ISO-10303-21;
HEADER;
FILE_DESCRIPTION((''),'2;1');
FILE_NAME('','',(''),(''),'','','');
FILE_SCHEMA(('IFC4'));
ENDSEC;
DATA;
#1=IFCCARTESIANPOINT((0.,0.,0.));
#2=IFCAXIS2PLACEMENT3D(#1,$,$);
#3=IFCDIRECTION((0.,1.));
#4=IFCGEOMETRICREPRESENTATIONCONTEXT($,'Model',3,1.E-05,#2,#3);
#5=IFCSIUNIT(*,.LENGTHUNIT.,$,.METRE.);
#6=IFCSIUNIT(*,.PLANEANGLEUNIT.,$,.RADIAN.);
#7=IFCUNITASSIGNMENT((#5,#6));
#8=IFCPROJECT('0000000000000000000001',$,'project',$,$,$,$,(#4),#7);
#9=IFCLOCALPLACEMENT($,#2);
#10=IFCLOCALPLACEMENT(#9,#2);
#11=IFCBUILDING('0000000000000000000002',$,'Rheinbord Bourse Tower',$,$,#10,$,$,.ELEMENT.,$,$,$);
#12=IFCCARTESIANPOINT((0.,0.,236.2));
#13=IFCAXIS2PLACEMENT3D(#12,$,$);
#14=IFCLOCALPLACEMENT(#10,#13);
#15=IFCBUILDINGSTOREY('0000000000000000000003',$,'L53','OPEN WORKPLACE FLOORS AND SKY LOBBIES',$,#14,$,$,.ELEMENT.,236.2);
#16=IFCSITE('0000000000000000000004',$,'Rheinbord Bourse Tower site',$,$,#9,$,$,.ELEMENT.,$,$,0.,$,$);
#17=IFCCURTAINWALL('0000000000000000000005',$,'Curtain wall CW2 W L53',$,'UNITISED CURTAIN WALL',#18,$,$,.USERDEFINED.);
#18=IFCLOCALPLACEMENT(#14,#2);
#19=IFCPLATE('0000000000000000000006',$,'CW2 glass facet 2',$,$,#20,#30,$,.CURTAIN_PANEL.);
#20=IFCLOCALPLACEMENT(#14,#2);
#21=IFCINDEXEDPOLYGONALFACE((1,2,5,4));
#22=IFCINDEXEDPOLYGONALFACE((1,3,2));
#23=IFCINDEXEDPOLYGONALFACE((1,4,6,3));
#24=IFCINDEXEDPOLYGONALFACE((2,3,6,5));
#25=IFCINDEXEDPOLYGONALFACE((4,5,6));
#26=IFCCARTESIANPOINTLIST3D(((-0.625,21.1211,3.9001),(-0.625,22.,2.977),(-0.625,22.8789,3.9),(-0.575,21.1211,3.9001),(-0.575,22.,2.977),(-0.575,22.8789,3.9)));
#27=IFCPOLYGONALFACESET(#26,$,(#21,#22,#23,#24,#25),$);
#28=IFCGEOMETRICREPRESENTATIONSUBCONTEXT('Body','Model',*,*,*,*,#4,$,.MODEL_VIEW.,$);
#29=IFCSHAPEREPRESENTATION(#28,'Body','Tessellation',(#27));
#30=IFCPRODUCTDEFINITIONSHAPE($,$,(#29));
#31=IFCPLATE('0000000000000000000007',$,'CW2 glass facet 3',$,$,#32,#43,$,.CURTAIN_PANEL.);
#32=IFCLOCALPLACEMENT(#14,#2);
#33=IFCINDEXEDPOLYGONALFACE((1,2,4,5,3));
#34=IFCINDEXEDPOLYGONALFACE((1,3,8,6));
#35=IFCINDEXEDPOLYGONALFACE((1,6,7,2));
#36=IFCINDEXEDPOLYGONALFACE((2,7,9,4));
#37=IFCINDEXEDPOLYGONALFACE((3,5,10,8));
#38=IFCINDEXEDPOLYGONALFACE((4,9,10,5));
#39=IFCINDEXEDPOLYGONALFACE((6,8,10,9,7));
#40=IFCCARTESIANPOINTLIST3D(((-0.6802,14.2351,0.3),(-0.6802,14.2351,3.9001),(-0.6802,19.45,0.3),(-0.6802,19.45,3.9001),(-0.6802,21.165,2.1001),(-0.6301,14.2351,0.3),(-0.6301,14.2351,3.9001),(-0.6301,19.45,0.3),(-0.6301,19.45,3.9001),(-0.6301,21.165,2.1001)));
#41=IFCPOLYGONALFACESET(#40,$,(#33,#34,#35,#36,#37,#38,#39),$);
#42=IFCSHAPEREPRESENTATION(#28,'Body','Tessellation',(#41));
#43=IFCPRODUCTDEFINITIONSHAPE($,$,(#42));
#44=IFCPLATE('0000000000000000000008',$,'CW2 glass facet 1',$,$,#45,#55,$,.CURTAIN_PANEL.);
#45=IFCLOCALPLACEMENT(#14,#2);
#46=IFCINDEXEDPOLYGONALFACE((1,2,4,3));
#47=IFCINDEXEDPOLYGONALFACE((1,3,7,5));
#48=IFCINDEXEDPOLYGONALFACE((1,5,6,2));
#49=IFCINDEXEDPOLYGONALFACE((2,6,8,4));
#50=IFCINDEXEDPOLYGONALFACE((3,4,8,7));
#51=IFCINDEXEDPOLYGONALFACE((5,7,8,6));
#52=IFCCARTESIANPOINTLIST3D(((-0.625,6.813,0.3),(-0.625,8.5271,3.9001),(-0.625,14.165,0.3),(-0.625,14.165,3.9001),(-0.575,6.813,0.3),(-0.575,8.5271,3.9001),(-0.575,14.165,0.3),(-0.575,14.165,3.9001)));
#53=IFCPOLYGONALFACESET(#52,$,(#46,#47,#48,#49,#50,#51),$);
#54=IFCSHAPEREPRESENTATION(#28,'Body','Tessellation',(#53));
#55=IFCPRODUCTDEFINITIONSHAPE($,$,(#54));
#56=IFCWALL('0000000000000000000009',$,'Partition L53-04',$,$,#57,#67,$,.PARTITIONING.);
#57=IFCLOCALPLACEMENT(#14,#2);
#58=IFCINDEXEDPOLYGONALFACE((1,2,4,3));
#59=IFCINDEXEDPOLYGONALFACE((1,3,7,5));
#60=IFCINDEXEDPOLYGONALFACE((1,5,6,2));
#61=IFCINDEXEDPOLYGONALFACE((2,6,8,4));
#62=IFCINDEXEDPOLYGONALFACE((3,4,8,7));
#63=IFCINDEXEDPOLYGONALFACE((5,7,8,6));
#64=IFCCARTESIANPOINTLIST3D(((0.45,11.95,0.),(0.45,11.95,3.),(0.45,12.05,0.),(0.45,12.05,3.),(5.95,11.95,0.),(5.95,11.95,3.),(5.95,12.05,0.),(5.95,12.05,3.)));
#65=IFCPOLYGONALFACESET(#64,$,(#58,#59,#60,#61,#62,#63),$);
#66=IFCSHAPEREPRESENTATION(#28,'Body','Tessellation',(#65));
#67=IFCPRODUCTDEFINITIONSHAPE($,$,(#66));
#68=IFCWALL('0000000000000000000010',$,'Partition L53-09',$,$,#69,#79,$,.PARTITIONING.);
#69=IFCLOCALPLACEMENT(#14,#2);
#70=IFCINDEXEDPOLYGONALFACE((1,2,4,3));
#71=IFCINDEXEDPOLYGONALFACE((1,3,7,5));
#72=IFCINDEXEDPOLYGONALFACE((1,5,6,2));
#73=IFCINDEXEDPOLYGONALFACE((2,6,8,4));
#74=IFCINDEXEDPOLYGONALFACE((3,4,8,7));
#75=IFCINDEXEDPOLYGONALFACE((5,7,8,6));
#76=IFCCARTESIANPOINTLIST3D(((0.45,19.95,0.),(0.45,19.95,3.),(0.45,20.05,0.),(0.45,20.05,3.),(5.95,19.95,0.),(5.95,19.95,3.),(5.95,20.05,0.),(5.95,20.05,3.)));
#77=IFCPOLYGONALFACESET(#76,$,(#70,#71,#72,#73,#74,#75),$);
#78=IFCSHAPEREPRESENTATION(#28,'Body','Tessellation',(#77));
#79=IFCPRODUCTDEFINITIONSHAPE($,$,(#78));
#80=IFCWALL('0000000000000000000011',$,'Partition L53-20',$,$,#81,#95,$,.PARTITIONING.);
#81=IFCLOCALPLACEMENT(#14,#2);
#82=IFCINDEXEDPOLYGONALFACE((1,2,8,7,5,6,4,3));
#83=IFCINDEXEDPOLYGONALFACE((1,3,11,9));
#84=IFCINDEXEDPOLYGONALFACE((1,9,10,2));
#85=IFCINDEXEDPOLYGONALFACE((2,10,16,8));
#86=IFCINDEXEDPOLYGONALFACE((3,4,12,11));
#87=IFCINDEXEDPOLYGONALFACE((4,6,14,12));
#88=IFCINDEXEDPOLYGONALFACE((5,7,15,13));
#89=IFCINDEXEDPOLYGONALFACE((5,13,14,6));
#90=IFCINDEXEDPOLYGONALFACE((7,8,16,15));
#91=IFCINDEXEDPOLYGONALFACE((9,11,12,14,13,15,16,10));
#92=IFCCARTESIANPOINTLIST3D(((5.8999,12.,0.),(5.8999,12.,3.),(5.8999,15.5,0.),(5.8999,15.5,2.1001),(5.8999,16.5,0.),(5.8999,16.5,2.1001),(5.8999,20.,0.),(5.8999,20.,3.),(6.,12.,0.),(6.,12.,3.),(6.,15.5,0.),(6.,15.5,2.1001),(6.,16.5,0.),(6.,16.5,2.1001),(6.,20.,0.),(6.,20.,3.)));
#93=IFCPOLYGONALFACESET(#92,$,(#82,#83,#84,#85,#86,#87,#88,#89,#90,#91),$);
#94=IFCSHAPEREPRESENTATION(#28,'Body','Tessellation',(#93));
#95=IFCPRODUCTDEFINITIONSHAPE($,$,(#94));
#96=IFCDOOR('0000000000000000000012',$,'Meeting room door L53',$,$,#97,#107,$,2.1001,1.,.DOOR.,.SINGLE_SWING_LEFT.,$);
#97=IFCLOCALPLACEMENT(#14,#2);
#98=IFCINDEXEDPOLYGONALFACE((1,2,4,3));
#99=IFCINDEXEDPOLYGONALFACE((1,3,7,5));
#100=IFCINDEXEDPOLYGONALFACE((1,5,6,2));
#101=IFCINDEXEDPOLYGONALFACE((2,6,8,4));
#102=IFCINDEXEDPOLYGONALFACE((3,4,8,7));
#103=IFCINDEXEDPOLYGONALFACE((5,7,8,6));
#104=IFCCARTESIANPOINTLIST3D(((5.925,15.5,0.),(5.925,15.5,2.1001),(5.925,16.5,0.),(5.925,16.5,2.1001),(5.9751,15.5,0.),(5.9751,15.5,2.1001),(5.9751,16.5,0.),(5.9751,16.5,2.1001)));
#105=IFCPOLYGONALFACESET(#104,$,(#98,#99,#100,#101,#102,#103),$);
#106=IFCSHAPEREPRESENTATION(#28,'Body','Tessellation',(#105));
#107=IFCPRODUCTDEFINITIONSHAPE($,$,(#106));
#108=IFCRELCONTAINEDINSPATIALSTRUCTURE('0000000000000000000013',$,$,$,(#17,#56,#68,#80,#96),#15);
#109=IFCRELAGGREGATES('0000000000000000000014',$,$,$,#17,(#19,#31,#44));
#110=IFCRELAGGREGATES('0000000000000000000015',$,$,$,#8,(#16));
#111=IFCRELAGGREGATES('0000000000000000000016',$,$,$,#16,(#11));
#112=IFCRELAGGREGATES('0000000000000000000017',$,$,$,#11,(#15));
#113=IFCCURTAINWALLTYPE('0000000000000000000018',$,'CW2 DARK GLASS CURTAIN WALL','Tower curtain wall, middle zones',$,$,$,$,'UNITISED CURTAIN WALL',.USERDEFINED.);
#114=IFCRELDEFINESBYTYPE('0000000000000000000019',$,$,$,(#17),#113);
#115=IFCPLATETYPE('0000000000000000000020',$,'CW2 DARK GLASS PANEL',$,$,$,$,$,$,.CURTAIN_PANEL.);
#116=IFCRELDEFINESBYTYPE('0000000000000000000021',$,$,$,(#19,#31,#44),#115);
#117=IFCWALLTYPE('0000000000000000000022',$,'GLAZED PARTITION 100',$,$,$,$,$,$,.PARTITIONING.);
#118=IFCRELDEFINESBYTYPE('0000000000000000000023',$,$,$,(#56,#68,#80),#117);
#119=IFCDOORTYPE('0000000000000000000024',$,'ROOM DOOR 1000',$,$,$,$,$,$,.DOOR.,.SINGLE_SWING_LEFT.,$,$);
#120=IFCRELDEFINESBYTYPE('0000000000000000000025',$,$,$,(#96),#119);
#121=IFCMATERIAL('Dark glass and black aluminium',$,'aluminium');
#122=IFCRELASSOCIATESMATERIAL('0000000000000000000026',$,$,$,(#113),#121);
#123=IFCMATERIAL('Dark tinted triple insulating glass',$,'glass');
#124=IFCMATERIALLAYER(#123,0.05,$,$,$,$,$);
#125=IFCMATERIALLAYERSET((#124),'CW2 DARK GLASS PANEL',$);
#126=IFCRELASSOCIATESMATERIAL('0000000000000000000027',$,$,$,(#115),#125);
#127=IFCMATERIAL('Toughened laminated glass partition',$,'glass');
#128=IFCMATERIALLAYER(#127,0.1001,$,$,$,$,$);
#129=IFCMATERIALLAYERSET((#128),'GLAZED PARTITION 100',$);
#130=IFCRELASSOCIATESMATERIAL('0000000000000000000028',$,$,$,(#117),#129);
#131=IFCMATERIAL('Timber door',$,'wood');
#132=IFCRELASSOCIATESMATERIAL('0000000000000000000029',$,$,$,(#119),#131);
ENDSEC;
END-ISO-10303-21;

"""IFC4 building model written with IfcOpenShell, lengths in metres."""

from ifc_helpers import new_model, si_unit, direction, frame, frame_2d, origin, place, context, subcontext, project, spatial, polyline, rectangle, outline, extrude, material, layer, layer_set, type_object, element, fill, aggregate, save


model = new_model("IFC4")

# Units and contexts
model_context = context("Model", 3, precision=1e-05, world=origin(), true_north=direction((0.0, 1.0)))
body_context = subcontext(model_context, "Body", "Model", "MODEL_VIEW")
ifc_project = project(units=[si_unit("LENGTHUNIT", "METRE"), si_unit("PLANEANGLEUNIT", "RADIAN")], contexts=[model_context])

# Site, building, storey
site_placement = place(None, origin())
site = spatial("IfcSite", under=ifc_project, at=site_placement, Name="Rheinbord Bourse Tower site", CompositionType="ELEMENT", RefElevation=0.0)
building_placement = place(site_placement, origin())
building = spatial("IfcBuilding", under=site, at=building_placement, Name="Rheinbord Bourse Tower", CompositionType="ELEMENT")
storey_placement = place(building_placement, frame((0.0, 0.0, 236.2)))
storey = spatial("IfcBuildingStorey", under=building, at=storey_placement, Name="L53", Description="OPEN WORKPLACE FLOORS AND SKY LOBBIES", CompositionType="ELEMENT", Elevation=236.2)

# Curtain wall
ifc_material_1 = material(Name="Dark glass and black aluminium", Category="aluminium")
curtain_wall_type = type_object("IfcCurtainWallType", Name="CW2 DARK GLASS CURTAIN WALL", Description="Tower curtain wall, middle zones", ElementType="UNITISED CURTAIN WALL", PredefinedType="USERDEFINED", material=ifc_material_1)
curtain_wall_placement = place(storey_placement, origin())
curtain_wall = element("IfcCurtainWall", 1, at=curtain_wall_placement, inside=storey, type_object=curtain_wall_type, Name="Curtain wall CW2 W L53", ObjectType="UNITISED CURTAIN WALL", PredefinedType="USERDEFINED")

# Plates
ifc_material_2 = material(Name="Dark tinted triple insulating glass", Category="glass")
ifc_layer_1 = layer(ifc_material_2, 0.05)
ifc_layer_set_1 = layer_set([ifc_layer_1], Name="CW2 DARK GLASS PANEL")
plate_type = type_object("IfcPlateType", Name="CW2 DARK GLASS PANEL", PredefinedType="CURTAIN_PANEL", material=ifc_layer_set_1)
plate_1_placement = place(storey_placement, frame((-0.625, 21.1211, 3.9001), z_axis=(1.0, 0.0, 0.0), x_axis=(0.0, 0.68956, -0.724229)))
plate_1 = element("IfcPlate", 2, at=plate_1_placement, type_object=plate_type, Name="CW2 glass facet 2", PredefinedType="CURTAIN_PANEL", context=body_context, shape_type="SweptSolid", body=[
    extrude(outline(polyline([(0.0, 0.0), (1.2747, 0.0), (1.2122, 1.2729), (0.0, 0.0)])), origin(), (0.0, 0.0, 1.0), 0.05),
])
plate_2_placement = place(storey_placement, frame((-0.6802, 14.2351, 3.9001), z_axis=(1.0, 0.0, 0.0), x_axis=(0.0, 0.0, -1.0)))
plate_2 = element("IfcPlate", 3, at=plate_2_placement, type_object=plate_type, Name="CW2 glass facet 3", PredefinedType="CURTAIN_PANEL", context=body_context, shape_type="SweptSolid", body=[
    extrude(outline(polyline([(0.0, 0.0), (3.6001, 0.0), (3.6001, 5.2148), (1.8, 6.9299), (0.0, 5.2148), (0.0, 0.0)])), origin(), (0.0, 0.0, 1.0), 0.05),
])
plate_3_placement = place(storey_placement, frame((-0.625, 14.165, 0.3), z_axis=(1.0, 0.0, 0.0), x_axis=(0.0, 0.0, 1.0)))
plate_3 = element("IfcPlate", 4, at=plate_3_placement, type_object=plate_type, Name="CW2 glass facet 1", PredefinedType="CURTAIN_PANEL", context=body_context, shape_type="SweptSolid", body=[
    extrude(outline(polyline([(0.0, 0.0), (3.6001, 0.0), (3.6001, 5.6379), (0.0, 7.3521), (0.0, 0.0)])), origin(), (0.0, 0.0, 1.0), 0.05),
])
aggregate(curtain_wall, [plate_1, plate_2, plate_3])

# Walls
ifc_material_3 = material(Name="Toughened laminated glass partition", Category="glass")
ifc_layer_2 = layer(ifc_material_3, 0.1001)
ifc_layer_set_2 = layer_set([ifc_layer_2], Name="GLAZED PARTITION 100")
wall_type = type_object("IfcWallType", Name="GLAZED PARTITION 100", PredefinedType="PARTITIONING", material=ifc_layer_set_2)
for number, where, z_axis, x_axis, name in (
    (5, (0.45, 12.0, 0.0), (0.0, 0.0, 1.0), (1.0, 0.0, 0.0), "Partition L53-04"),
    (6, (0.45, 20.0, 0.0), (0.0, 0.0, 1.0), (1.0, 0.0, 0.0), "Partition L53-09"),
):
    element("IfcWall", number, at=place(storey_placement, frame(where, z_axis=z_axis, x_axis=x_axis)), inside=storey, type_object=wall_type, Name=name, PredefinedType="PARTITIONING", context=body_context, shape_type="SweptSolid", body=[
        extrude(rectangle(XDim=5.5, YDim=0.1001, at=frame_2d((2.75, 0.0))), origin(), (0.0, 0.0, 1.0), 3.0),
    ])

# Wall, opening, door
wall_placement = place(storey_placement, frame((5.95, 12.0, 0.0), z_axis=(0.0, 0.0, 1.0), x_axis=(0.0, 1.0, 0.0)))
wall = element("IfcWall", 7, at=wall_placement, inside=storey, type_object=wall_type, Name="Partition L53-20", PredefinedType="PARTITIONING", context=body_context, shape_type="SweptSolid", body=[
    extrude(rectangle(XDim=8.0, YDim=0.1001, at=frame_2d((4.0, 0.0))), origin(), (0.0, 0.0, 1.0), 3.0),
])
opening_placement = place(wall_placement, frame((3.5, 0.0, 0.0)))
opening = element("IfcOpeningElement", 8, at=opening_placement, cuts=wall, PredefinedType="OPENING", context=body_context, shape_type="SweptSolid", body=[
    extrude(rectangle(XDim=1.0, YDim=2.1001, at=frame_2d((0.5, 1.05))), frame((0.0, 0.0601, 0.0), z_axis=(0.0, -1.0, 0.0), x_axis=(1.0, 0.0, 0.0)), (0.0, 0.0, 1.0), 0.1201),
])
ifc_material_4 = material(Name="Timber door", Category="wood")
door_type = type_object("IfcDoorType", Name="ROOM DOOR 1000", OperationType="SINGLE_SWING_LEFT", PredefinedType="DOOR", material=ifc_material_4)
door_placement = place(opening_placement, origin())
door = element("IfcDoor", 9, at=door_placement, inside=storey, type_object=door_type, Name="Meeting room door L53", OperationType="SINGLE_SWING_LEFT", OverallHeight=2.1001, OverallWidth=1.0, PredefinedType="DOOR", context=body_context, shape_type="SweptSolid", body=[
    extrude(rectangle(XDim=1.0, YDim=2.1001, at=frame_2d((0.5, 1.05))), frame((0.0, 0.0249, 0.0), z_axis=(0.0, -1.0, 0.0), x_axis=(1.0, 0.0, 0.0)), (0.0, 0.0, 1.0), 0.05),
])
fill(opening, door)

save(model, "model.ifc")
